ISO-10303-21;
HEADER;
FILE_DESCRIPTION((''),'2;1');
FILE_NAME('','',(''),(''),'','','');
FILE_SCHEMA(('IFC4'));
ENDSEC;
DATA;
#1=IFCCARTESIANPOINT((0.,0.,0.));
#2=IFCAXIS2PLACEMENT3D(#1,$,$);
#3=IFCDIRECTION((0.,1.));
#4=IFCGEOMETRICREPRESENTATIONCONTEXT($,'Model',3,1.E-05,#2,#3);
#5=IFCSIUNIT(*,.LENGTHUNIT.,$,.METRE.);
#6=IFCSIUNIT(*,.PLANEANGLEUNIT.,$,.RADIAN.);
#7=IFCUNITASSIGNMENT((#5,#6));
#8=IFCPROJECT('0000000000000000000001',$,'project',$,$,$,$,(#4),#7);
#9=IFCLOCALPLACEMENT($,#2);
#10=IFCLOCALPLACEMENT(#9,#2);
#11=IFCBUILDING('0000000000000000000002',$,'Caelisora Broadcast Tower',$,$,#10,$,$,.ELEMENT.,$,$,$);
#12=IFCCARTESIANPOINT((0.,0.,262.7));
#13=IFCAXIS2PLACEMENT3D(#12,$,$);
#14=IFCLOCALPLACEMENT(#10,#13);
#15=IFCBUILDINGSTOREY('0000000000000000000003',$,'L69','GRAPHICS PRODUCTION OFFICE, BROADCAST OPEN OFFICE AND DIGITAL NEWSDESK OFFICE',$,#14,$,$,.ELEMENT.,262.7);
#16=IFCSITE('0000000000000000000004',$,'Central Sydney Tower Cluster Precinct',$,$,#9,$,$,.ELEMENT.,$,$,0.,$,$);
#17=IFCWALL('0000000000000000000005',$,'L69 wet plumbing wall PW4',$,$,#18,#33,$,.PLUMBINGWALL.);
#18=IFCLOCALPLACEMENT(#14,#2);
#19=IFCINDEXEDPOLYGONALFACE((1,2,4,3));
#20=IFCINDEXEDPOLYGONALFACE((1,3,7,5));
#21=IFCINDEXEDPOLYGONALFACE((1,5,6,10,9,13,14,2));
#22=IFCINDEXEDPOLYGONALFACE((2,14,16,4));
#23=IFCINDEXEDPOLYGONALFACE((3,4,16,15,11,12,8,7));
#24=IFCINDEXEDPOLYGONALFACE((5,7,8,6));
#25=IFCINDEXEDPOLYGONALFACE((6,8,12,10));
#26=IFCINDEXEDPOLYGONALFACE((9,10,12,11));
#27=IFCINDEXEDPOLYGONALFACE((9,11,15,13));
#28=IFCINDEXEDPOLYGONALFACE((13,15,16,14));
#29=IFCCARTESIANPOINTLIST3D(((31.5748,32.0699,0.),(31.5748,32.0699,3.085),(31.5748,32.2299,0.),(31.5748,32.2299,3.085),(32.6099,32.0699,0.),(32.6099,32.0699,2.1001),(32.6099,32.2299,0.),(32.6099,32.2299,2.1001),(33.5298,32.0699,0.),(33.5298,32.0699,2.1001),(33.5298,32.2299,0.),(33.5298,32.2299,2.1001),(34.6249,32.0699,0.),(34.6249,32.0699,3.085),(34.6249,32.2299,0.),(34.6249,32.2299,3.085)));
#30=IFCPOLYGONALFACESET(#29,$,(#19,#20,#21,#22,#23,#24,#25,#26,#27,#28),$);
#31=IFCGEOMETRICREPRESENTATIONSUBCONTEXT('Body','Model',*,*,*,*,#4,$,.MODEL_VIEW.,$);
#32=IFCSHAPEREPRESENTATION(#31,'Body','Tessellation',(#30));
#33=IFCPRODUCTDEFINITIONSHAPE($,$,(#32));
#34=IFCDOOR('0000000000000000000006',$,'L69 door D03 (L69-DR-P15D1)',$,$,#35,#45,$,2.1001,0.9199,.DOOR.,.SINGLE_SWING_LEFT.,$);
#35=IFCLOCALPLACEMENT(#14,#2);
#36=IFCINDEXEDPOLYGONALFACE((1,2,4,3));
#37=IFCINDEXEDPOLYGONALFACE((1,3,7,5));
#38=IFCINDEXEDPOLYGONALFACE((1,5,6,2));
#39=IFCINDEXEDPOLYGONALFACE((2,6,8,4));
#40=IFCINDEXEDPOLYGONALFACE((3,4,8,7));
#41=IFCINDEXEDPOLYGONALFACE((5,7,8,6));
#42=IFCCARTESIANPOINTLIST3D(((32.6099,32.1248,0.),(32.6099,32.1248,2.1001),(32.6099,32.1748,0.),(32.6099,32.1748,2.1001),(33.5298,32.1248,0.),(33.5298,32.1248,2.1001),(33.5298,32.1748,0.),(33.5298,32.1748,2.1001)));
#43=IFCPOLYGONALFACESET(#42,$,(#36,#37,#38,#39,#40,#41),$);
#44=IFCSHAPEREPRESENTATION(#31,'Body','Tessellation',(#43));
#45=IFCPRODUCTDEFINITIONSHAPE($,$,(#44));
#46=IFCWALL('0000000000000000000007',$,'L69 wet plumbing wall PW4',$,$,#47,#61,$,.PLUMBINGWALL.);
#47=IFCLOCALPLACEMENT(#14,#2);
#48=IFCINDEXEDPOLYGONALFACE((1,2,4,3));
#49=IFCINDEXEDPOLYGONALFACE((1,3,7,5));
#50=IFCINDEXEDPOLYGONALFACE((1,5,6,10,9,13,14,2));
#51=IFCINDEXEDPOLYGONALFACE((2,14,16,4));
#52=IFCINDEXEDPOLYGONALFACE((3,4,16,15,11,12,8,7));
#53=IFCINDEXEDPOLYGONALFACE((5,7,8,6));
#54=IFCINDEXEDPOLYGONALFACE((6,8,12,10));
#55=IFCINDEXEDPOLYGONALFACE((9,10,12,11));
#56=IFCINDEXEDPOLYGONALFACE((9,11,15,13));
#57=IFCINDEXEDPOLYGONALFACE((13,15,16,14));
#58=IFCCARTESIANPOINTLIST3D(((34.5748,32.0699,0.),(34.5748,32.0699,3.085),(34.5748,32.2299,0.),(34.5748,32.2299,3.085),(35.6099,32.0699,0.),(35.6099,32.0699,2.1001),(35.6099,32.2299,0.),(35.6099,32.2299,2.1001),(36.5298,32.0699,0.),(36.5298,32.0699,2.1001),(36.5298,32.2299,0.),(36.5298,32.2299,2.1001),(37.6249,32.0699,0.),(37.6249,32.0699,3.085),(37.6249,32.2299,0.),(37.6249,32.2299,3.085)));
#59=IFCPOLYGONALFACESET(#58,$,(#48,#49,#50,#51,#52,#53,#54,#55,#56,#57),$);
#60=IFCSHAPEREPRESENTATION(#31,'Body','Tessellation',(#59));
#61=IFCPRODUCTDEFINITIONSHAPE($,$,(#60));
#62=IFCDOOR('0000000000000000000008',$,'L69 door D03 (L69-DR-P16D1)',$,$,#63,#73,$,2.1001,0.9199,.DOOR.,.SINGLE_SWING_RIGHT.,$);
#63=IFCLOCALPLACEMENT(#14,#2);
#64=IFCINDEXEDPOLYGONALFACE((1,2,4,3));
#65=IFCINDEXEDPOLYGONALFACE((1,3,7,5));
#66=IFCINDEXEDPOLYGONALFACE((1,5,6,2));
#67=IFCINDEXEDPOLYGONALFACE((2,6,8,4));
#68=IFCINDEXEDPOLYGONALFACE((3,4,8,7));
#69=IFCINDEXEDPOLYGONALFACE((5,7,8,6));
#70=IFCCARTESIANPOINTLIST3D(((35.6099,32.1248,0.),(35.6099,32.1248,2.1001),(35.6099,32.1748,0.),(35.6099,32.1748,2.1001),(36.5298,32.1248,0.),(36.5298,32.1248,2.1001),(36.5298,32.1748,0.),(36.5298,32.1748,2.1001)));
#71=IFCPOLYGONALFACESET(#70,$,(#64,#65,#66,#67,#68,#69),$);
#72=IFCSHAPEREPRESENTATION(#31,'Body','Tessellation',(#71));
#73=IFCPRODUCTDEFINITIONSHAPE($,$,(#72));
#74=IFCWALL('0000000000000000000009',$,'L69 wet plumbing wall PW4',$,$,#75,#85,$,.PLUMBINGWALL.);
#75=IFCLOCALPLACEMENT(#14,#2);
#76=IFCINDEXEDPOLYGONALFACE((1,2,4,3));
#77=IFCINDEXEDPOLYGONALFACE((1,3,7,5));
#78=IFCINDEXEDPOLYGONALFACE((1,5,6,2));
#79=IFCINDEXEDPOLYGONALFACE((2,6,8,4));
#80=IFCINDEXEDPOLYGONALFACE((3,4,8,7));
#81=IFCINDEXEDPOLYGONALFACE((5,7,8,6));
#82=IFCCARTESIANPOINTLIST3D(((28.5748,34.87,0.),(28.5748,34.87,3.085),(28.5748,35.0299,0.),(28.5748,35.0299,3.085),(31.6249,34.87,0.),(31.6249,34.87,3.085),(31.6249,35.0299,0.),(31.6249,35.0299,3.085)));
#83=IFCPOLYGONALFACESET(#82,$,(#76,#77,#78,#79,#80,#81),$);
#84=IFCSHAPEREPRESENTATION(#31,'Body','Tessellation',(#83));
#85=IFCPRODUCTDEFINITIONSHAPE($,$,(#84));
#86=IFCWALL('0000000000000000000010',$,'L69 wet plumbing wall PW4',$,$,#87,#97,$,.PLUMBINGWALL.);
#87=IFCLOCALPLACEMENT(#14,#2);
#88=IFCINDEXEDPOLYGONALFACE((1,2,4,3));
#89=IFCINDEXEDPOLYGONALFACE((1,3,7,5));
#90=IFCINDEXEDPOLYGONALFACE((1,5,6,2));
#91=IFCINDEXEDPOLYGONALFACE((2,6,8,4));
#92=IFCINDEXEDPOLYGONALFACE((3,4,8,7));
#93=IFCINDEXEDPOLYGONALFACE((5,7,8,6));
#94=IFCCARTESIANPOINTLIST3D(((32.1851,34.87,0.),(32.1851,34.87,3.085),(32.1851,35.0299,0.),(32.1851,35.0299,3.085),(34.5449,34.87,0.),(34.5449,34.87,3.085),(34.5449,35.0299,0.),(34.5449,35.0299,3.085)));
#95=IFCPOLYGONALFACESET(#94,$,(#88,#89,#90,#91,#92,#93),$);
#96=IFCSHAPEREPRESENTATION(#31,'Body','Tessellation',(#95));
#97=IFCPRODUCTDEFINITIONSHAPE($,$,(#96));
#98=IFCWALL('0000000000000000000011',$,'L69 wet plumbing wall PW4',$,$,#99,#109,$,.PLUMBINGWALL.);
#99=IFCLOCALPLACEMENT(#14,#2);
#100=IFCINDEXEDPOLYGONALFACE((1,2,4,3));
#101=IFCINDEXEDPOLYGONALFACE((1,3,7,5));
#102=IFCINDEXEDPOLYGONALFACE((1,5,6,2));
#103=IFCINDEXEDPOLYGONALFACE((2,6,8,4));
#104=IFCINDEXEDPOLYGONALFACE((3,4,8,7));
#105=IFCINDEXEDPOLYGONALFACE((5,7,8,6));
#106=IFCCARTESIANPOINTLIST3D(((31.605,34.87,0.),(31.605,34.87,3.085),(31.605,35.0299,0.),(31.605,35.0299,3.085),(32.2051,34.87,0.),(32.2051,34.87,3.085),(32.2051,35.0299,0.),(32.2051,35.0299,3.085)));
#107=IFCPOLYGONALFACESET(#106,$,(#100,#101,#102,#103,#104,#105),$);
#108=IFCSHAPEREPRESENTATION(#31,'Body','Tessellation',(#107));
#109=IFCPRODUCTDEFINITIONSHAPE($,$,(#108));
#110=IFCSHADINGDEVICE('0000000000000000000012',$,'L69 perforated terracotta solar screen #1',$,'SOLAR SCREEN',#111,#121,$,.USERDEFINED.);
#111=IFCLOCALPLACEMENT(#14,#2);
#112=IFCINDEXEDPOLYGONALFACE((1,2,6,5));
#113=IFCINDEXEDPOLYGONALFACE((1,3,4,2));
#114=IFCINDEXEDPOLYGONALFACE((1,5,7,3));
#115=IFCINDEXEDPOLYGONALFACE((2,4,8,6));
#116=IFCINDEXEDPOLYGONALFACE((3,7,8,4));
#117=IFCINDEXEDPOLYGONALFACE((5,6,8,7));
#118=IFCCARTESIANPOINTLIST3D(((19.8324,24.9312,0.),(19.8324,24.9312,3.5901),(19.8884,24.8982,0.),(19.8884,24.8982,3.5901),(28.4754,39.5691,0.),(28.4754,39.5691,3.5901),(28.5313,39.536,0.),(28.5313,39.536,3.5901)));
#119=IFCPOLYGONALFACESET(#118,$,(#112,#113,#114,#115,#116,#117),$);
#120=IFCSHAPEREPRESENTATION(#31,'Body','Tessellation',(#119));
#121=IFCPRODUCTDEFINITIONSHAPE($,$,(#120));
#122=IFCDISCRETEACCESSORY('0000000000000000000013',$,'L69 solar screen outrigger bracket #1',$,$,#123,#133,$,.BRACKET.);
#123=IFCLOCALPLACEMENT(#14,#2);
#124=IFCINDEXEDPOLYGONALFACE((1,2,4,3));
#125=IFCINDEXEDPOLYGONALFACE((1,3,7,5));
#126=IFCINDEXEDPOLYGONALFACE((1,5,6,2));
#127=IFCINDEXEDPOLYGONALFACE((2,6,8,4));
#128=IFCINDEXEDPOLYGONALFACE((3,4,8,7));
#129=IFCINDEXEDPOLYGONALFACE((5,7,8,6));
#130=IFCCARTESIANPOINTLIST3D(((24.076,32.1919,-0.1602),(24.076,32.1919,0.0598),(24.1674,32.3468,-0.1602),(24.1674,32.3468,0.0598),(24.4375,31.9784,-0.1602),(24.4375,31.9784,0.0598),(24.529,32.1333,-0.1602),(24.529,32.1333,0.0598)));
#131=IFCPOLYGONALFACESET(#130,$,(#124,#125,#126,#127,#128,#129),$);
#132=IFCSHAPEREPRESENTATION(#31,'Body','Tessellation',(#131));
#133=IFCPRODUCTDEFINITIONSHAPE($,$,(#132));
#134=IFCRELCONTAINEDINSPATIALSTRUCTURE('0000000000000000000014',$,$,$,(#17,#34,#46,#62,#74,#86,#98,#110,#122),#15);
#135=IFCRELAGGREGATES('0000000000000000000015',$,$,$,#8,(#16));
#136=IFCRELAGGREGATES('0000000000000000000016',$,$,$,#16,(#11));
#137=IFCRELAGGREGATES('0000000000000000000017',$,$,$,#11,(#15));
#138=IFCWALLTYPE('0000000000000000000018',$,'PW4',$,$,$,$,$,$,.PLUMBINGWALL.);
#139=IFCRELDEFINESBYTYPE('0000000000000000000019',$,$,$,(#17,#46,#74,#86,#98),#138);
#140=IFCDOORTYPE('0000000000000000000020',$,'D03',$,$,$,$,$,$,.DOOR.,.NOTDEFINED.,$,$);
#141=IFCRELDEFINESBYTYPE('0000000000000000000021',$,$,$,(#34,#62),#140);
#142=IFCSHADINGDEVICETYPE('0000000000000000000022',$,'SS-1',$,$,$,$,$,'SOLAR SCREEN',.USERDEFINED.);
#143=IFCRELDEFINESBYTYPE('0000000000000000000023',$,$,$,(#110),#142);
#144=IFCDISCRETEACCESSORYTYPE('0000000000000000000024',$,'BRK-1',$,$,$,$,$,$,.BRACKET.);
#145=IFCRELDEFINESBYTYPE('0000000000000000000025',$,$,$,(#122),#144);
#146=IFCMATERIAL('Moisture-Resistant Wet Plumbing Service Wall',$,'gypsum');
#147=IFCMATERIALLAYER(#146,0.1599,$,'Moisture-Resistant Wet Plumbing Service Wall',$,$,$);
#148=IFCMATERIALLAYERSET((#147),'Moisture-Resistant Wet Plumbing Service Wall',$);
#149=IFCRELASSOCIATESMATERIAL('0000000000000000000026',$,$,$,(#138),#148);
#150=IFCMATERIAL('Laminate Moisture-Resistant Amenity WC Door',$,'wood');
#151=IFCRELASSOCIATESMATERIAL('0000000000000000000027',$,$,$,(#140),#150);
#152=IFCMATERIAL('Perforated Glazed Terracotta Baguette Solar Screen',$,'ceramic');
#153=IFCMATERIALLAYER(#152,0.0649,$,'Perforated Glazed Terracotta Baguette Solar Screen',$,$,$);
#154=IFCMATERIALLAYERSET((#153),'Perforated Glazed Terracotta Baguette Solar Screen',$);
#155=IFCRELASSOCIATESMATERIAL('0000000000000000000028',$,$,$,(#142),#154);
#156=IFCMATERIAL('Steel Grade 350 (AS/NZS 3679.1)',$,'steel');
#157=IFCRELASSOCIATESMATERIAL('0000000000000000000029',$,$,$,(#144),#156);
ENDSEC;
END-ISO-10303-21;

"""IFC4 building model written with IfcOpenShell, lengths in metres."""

from ifc_helpers import new_model, si_unit, direction, frame, frame_2d, origin, origin_2d, place, context, subcontext, project, spatial, rectangle, extrude, source, transform, mapped, material, layer, layer_set, type_object, type_shapes, element, fill, save


model = new_model("IFC4")

# Units and contexts
model_context = context("Model", 3, precision=1e-05, world=origin(), true_north=direction((0.0, 1.0)))
body_context = subcontext(model_context, "Body", "Model", "MODEL_VIEW")
ifc_project = project(units=[si_unit("LENGTHUNIT", "METRE"), si_unit("PLANEANGLEUNIT", "RADIAN")], contexts=[model_context])

# Site, building, storey
site_placement = place(None, origin())
site = spatial("IfcSite", under=ifc_project, at=site_placement, Name="Central Sydney Tower Cluster Precinct", CompositionType="ELEMENT", RefElevation=0.0)
building_placement = place(site_placement, origin())
building = spatial("IfcBuilding", under=site, at=building_placement, Name="Caelisora Broadcast Tower", CompositionType="ELEMENT")
storey_placement = place(building_placement, frame((0.0, 0.0, 262.7)))
storey = spatial("IfcBuildingStorey", under=building, at=storey_placement, Name="L69", Description="GRAPHICS PRODUCTION OFFICE, BROADCAST OPEN OFFICE AND DIGITAL NEWSDESK OFFICE", CompositionType="ELEMENT", Elevation=262.7)

# Shared definitions
ifc_material_1 = material(Name="Steel Grade 350 (AS/NZS 3679.1)", Category="steel")

# Walls, openings, doors
ifc_material_2 = material(Name="Moisture-Resistant Wet Plumbing Service Wall", Category="gypsum")
ifc_layer_1 = layer(ifc_material_2, 0.1599, Name="Moisture-Resistant Wet Plumbing Service Wall")
ifc_layer_set_1 = layer_set([ifc_layer_1], Name="Moisture-Resistant Wet Plumbing Service Wall")
wall_type = type_object("IfcWallType", Name="PW4", PredefinedType="PLUMBINGWALL", material=ifc_layer_set_1)
ifc_material_3 = material(Name="Laminate Moisture-Resistant Amenity WC Door", Category="wood")
door_type = type_object("IfcDoorType", Name="D03", OperationType="NOTDEFINED", PredefinedType="DOOR", material=ifc_material_3)
wall_1_placement = place(storey_placement, frame((31.575, 32.1499, 0.0), z_axis=(0.0, 0.0, 1.0), x_axis=(1.0, 0.0, 0.0)))
wall_1 = element("IfcWall", 1, at=wall_1_placement, inside=storey, type_object=wall_type, Name="L69 wet plumbing wall PW4", PredefinedType="PLUMBINGWALL", context=body_context, shape_type="SweptSolid", body=[
    extrude(rectangle(XDim=3.05, YDim=0.1599, at=frame_2d((1.5249, 0.0))), origin(), (0.0, 0.0, 1.0), 3.085),
])
opening_1_placement = place(wall_1_placement, frame((1.0349, 0.0, 0.0)))
opening_1 = element("IfcOpeningElement", 2, at=opening_1_placement, cuts=wall_1, PredefinedType="OPENING", context=body_context, shape_type="SweptSolid", body=[
    extrude(rectangle(XDim=0.9199, YDim=2.1001, at=frame_2d((0.46, 1.05))), frame((0.0, 0.092, 0.0), z_axis=(0.0, -1.0, 0.0), x_axis=(1.0, 0.0, 0.0)), (0.0, 0.0, 1.0), 0.1838),
])
door_1_placement = place(opening_1_placement, origin())
door_1 = element("IfcDoor", 3, at=door_1_placement, inside=storey, type_object=door_type, Name="L69 door D03 (L69-DR-P15D1)", OperationType="SINGLE_SWING_LEFT", OverallHeight=2.1001, OverallWidth=0.9199, PredefinedType="DOOR", context=body_context, shape_type="SweptSolid", body=[
    extrude(rectangle(XDim=0.9199, YDim=2.1001, at=frame_2d((0.46, 1.05))), frame((0.0, 0.0249, 0.0), z_axis=(0.0, -1.0, 0.0), x_axis=(1.0, 0.0, 0.0)), (0.0, 0.0, 1.0), 0.05),
])
fill(opening_1, door_1)
wall_2_placement = place(storey_placement, frame((34.575, 32.1499, 0.0), z_axis=(0.0, 0.0, 1.0), x_axis=(1.0, 0.0, 0.0)))
wall_2 = element("IfcWall", 4, at=wall_2_placement, inside=storey, type_object=wall_type, Name="L69 wet plumbing wall PW4", PredefinedType="PLUMBINGWALL", context=body_context, shape_type="SweptSolid", body=[
    extrude(rectangle(XDim=3.05, YDim=0.1599, at=frame_2d((1.5249, 0.0))), origin(), (0.0, 0.0, 1.0), 3.085),
])
opening_2_placement = place(wall_2_placement, frame((1.0349, 0.0, 0.0)))
opening_2 = element("IfcOpeningElement", 5, at=opening_2_placement, cuts=wall_2, PredefinedType="OPENING", context=body_context, shape_type="SweptSolid", body=[
    extrude(rectangle(XDim=0.9199, YDim=2.1001, at=frame_2d((0.46, 1.05))), frame((0.0, 0.092, 0.0), z_axis=(0.0, -1.0, 0.0), x_axis=(1.0, 0.0, 0.0)), (0.0, 0.0, 1.0), 0.1838),
])
door_2_placement = place(opening_2_placement, origin())
door_2 = element("IfcDoor", 6, at=door_2_placement, inside=storey, type_object=door_type, Name="L69 door D03 (L69-DR-P16D1)", OperationType="SINGLE_SWING_RIGHT", OverallHeight=2.1001, OverallWidth=0.9199, PredefinedType="DOOR", context=body_context, shape_type="SweptSolid", body=[
    extrude(rectangle(XDim=0.9199, YDim=2.1001, at=frame_2d((0.46, 1.05))), frame((0.0, 0.0249, 0.0), z_axis=(0.0, -1.0, 0.0), x_axis=(1.0, 0.0, 0.0)), (0.0, 0.0, 1.0), 0.05),
])
fill(opening_2, door_2)

# Walls
wall_3_placement = place(storey_placement, frame((28.575, 34.95, 0.0), z_axis=(0.0, 0.0, 1.0), x_axis=(1.0, 0.0, 0.0)))
element("IfcWall", 7, at=wall_3_placement, inside=storey, type_object=wall_type, Name="L69 wet plumbing wall PW4", PredefinedType="PLUMBINGWALL", context=body_context, shape_type="SweptSolid", body=[
    extrude(rectangle(XDim=3.05, YDim=0.1599, at=frame_2d((1.5249, 0.0))), origin(), (0.0, 0.0, 1.0), 3.085),
])
wall_4_placement = place(storey_placement, frame((32.1851, 34.95, 0.0), z_axis=(0.0, 0.0, 1.0), x_axis=(1.0, 0.0, 0.0)))
element("IfcWall", 8, at=wall_4_placement, inside=storey, type_object=wall_type, Name="L69 wet plumbing wall PW4", PredefinedType="PLUMBINGWALL", context=body_context, shape_type="SweptSolid", body=[
    extrude(rectangle(XDim=2.3599, YDim=0.1599, at=frame_2d((1.1799, 0.0))), origin(), (0.0, 0.0, 1.0), 3.085),
])
wall_5_placement = place(storey_placement, frame((31.605, 34.95, 0.0), z_axis=(0.0, 0.0, 1.0), x_axis=(1.0, 0.0, 0.0)))
element("IfcWall", 9, at=wall_5_placement, inside=storey, type_object=wall_type, Name="L69 wet plumbing wall PW4", PredefinedType="PLUMBINGWALL", context=body_context, shape_type="SweptSolid", body=[
    extrude(rectangle(XDim=0.6001, YDim=0.1599, at=frame_2d((0.3, 0.0))), origin(), (0.0, 0.0, 1.0), 3.085),
])

# Shading device
ifc_material_4 = material(Name="Perforated Glazed Terracotta Baguette Solar Screen", Category="ceramic")
ifc_layer_2 = layer(ifc_material_4, 0.0649, Name="Perforated Glazed Terracotta Baguette Solar Screen")
ifc_layer_set_2 = layer_set([ifc_layer_2], Name="Perforated Glazed Terracotta Baguette Solar Screen")
shading_device_type = type_object("IfcShadingDeviceType", Name="SS-1", ElementType="SOLAR SCREEN", PredefinedType="USERDEFINED", material=ifc_layer_set_2)
shared_shape_1 = source(origin(), body_context, "Body", "SweptSolid", [
    extrude(rectangle(XDim=16.999, YDim=0.0649, at=origin_2d()), origin(), (0.0, 0.0, 1.0), 3.5901),
])
type_shapes(shading_device_type, [shared_shape_1])
shading_device_placement = place(storey_placement, frame((24.1819, 32.2336, 0.0), z_axis=(0.0, 0.0, 1.0), x_axis=(-0.50844, -0.861097, 0.0)))
element("IfcShadingDevice", 10, at=shading_device_placement, inside=storey, type_object=shading_device_type, Name="L69 perforated terracotta solar screen #1", ObjectType="SOLAR SCREEN", PredefinedType="USERDEFINED", context=body_context, shape_type="MappedRepresentation", body=[
    mapped(shared_shape_1, transform((0.0, 0.0, 0.0), scale=1.0)),
])

# Discrete accessory
discrete_accessory_type = type_object("IfcDiscreteAccessoryType", Name="BRK-1", PredefinedType="BRACKET", material=ifc_material_1)
shared_shape_2 = source(origin(), body_context, "Body", "SweptSolid", [
    extrude(rectangle(XDim=0.1799, YDim=0.4199, at=origin_2d()), origin(), (0.0, 0.0, 1.0), 0.22),
])
type_shapes(discrete_accessory_type, [shared_shape_2])
discrete_accessory_placement = place(storey_placement, frame((24.3025, 32.1626, -0.1602), z_axis=(0.0, 0.0, 1.0), x_axis=(-0.50844, -0.861097, 0.0)))
element("IfcDiscreteAccessory", 11, at=discrete_accessory_placement, inside=storey, type_object=discrete_accessory_type, Name="L69 solar screen outrigger bracket #1", PredefinedType="BRACKET", context=body_context, shape_type="MappedRepresentation", body=[
    mapped(shared_shape_2, transform((0.0, 0.0, 0.0), scale=1.0)),
])

save(model, "model.ifc")
